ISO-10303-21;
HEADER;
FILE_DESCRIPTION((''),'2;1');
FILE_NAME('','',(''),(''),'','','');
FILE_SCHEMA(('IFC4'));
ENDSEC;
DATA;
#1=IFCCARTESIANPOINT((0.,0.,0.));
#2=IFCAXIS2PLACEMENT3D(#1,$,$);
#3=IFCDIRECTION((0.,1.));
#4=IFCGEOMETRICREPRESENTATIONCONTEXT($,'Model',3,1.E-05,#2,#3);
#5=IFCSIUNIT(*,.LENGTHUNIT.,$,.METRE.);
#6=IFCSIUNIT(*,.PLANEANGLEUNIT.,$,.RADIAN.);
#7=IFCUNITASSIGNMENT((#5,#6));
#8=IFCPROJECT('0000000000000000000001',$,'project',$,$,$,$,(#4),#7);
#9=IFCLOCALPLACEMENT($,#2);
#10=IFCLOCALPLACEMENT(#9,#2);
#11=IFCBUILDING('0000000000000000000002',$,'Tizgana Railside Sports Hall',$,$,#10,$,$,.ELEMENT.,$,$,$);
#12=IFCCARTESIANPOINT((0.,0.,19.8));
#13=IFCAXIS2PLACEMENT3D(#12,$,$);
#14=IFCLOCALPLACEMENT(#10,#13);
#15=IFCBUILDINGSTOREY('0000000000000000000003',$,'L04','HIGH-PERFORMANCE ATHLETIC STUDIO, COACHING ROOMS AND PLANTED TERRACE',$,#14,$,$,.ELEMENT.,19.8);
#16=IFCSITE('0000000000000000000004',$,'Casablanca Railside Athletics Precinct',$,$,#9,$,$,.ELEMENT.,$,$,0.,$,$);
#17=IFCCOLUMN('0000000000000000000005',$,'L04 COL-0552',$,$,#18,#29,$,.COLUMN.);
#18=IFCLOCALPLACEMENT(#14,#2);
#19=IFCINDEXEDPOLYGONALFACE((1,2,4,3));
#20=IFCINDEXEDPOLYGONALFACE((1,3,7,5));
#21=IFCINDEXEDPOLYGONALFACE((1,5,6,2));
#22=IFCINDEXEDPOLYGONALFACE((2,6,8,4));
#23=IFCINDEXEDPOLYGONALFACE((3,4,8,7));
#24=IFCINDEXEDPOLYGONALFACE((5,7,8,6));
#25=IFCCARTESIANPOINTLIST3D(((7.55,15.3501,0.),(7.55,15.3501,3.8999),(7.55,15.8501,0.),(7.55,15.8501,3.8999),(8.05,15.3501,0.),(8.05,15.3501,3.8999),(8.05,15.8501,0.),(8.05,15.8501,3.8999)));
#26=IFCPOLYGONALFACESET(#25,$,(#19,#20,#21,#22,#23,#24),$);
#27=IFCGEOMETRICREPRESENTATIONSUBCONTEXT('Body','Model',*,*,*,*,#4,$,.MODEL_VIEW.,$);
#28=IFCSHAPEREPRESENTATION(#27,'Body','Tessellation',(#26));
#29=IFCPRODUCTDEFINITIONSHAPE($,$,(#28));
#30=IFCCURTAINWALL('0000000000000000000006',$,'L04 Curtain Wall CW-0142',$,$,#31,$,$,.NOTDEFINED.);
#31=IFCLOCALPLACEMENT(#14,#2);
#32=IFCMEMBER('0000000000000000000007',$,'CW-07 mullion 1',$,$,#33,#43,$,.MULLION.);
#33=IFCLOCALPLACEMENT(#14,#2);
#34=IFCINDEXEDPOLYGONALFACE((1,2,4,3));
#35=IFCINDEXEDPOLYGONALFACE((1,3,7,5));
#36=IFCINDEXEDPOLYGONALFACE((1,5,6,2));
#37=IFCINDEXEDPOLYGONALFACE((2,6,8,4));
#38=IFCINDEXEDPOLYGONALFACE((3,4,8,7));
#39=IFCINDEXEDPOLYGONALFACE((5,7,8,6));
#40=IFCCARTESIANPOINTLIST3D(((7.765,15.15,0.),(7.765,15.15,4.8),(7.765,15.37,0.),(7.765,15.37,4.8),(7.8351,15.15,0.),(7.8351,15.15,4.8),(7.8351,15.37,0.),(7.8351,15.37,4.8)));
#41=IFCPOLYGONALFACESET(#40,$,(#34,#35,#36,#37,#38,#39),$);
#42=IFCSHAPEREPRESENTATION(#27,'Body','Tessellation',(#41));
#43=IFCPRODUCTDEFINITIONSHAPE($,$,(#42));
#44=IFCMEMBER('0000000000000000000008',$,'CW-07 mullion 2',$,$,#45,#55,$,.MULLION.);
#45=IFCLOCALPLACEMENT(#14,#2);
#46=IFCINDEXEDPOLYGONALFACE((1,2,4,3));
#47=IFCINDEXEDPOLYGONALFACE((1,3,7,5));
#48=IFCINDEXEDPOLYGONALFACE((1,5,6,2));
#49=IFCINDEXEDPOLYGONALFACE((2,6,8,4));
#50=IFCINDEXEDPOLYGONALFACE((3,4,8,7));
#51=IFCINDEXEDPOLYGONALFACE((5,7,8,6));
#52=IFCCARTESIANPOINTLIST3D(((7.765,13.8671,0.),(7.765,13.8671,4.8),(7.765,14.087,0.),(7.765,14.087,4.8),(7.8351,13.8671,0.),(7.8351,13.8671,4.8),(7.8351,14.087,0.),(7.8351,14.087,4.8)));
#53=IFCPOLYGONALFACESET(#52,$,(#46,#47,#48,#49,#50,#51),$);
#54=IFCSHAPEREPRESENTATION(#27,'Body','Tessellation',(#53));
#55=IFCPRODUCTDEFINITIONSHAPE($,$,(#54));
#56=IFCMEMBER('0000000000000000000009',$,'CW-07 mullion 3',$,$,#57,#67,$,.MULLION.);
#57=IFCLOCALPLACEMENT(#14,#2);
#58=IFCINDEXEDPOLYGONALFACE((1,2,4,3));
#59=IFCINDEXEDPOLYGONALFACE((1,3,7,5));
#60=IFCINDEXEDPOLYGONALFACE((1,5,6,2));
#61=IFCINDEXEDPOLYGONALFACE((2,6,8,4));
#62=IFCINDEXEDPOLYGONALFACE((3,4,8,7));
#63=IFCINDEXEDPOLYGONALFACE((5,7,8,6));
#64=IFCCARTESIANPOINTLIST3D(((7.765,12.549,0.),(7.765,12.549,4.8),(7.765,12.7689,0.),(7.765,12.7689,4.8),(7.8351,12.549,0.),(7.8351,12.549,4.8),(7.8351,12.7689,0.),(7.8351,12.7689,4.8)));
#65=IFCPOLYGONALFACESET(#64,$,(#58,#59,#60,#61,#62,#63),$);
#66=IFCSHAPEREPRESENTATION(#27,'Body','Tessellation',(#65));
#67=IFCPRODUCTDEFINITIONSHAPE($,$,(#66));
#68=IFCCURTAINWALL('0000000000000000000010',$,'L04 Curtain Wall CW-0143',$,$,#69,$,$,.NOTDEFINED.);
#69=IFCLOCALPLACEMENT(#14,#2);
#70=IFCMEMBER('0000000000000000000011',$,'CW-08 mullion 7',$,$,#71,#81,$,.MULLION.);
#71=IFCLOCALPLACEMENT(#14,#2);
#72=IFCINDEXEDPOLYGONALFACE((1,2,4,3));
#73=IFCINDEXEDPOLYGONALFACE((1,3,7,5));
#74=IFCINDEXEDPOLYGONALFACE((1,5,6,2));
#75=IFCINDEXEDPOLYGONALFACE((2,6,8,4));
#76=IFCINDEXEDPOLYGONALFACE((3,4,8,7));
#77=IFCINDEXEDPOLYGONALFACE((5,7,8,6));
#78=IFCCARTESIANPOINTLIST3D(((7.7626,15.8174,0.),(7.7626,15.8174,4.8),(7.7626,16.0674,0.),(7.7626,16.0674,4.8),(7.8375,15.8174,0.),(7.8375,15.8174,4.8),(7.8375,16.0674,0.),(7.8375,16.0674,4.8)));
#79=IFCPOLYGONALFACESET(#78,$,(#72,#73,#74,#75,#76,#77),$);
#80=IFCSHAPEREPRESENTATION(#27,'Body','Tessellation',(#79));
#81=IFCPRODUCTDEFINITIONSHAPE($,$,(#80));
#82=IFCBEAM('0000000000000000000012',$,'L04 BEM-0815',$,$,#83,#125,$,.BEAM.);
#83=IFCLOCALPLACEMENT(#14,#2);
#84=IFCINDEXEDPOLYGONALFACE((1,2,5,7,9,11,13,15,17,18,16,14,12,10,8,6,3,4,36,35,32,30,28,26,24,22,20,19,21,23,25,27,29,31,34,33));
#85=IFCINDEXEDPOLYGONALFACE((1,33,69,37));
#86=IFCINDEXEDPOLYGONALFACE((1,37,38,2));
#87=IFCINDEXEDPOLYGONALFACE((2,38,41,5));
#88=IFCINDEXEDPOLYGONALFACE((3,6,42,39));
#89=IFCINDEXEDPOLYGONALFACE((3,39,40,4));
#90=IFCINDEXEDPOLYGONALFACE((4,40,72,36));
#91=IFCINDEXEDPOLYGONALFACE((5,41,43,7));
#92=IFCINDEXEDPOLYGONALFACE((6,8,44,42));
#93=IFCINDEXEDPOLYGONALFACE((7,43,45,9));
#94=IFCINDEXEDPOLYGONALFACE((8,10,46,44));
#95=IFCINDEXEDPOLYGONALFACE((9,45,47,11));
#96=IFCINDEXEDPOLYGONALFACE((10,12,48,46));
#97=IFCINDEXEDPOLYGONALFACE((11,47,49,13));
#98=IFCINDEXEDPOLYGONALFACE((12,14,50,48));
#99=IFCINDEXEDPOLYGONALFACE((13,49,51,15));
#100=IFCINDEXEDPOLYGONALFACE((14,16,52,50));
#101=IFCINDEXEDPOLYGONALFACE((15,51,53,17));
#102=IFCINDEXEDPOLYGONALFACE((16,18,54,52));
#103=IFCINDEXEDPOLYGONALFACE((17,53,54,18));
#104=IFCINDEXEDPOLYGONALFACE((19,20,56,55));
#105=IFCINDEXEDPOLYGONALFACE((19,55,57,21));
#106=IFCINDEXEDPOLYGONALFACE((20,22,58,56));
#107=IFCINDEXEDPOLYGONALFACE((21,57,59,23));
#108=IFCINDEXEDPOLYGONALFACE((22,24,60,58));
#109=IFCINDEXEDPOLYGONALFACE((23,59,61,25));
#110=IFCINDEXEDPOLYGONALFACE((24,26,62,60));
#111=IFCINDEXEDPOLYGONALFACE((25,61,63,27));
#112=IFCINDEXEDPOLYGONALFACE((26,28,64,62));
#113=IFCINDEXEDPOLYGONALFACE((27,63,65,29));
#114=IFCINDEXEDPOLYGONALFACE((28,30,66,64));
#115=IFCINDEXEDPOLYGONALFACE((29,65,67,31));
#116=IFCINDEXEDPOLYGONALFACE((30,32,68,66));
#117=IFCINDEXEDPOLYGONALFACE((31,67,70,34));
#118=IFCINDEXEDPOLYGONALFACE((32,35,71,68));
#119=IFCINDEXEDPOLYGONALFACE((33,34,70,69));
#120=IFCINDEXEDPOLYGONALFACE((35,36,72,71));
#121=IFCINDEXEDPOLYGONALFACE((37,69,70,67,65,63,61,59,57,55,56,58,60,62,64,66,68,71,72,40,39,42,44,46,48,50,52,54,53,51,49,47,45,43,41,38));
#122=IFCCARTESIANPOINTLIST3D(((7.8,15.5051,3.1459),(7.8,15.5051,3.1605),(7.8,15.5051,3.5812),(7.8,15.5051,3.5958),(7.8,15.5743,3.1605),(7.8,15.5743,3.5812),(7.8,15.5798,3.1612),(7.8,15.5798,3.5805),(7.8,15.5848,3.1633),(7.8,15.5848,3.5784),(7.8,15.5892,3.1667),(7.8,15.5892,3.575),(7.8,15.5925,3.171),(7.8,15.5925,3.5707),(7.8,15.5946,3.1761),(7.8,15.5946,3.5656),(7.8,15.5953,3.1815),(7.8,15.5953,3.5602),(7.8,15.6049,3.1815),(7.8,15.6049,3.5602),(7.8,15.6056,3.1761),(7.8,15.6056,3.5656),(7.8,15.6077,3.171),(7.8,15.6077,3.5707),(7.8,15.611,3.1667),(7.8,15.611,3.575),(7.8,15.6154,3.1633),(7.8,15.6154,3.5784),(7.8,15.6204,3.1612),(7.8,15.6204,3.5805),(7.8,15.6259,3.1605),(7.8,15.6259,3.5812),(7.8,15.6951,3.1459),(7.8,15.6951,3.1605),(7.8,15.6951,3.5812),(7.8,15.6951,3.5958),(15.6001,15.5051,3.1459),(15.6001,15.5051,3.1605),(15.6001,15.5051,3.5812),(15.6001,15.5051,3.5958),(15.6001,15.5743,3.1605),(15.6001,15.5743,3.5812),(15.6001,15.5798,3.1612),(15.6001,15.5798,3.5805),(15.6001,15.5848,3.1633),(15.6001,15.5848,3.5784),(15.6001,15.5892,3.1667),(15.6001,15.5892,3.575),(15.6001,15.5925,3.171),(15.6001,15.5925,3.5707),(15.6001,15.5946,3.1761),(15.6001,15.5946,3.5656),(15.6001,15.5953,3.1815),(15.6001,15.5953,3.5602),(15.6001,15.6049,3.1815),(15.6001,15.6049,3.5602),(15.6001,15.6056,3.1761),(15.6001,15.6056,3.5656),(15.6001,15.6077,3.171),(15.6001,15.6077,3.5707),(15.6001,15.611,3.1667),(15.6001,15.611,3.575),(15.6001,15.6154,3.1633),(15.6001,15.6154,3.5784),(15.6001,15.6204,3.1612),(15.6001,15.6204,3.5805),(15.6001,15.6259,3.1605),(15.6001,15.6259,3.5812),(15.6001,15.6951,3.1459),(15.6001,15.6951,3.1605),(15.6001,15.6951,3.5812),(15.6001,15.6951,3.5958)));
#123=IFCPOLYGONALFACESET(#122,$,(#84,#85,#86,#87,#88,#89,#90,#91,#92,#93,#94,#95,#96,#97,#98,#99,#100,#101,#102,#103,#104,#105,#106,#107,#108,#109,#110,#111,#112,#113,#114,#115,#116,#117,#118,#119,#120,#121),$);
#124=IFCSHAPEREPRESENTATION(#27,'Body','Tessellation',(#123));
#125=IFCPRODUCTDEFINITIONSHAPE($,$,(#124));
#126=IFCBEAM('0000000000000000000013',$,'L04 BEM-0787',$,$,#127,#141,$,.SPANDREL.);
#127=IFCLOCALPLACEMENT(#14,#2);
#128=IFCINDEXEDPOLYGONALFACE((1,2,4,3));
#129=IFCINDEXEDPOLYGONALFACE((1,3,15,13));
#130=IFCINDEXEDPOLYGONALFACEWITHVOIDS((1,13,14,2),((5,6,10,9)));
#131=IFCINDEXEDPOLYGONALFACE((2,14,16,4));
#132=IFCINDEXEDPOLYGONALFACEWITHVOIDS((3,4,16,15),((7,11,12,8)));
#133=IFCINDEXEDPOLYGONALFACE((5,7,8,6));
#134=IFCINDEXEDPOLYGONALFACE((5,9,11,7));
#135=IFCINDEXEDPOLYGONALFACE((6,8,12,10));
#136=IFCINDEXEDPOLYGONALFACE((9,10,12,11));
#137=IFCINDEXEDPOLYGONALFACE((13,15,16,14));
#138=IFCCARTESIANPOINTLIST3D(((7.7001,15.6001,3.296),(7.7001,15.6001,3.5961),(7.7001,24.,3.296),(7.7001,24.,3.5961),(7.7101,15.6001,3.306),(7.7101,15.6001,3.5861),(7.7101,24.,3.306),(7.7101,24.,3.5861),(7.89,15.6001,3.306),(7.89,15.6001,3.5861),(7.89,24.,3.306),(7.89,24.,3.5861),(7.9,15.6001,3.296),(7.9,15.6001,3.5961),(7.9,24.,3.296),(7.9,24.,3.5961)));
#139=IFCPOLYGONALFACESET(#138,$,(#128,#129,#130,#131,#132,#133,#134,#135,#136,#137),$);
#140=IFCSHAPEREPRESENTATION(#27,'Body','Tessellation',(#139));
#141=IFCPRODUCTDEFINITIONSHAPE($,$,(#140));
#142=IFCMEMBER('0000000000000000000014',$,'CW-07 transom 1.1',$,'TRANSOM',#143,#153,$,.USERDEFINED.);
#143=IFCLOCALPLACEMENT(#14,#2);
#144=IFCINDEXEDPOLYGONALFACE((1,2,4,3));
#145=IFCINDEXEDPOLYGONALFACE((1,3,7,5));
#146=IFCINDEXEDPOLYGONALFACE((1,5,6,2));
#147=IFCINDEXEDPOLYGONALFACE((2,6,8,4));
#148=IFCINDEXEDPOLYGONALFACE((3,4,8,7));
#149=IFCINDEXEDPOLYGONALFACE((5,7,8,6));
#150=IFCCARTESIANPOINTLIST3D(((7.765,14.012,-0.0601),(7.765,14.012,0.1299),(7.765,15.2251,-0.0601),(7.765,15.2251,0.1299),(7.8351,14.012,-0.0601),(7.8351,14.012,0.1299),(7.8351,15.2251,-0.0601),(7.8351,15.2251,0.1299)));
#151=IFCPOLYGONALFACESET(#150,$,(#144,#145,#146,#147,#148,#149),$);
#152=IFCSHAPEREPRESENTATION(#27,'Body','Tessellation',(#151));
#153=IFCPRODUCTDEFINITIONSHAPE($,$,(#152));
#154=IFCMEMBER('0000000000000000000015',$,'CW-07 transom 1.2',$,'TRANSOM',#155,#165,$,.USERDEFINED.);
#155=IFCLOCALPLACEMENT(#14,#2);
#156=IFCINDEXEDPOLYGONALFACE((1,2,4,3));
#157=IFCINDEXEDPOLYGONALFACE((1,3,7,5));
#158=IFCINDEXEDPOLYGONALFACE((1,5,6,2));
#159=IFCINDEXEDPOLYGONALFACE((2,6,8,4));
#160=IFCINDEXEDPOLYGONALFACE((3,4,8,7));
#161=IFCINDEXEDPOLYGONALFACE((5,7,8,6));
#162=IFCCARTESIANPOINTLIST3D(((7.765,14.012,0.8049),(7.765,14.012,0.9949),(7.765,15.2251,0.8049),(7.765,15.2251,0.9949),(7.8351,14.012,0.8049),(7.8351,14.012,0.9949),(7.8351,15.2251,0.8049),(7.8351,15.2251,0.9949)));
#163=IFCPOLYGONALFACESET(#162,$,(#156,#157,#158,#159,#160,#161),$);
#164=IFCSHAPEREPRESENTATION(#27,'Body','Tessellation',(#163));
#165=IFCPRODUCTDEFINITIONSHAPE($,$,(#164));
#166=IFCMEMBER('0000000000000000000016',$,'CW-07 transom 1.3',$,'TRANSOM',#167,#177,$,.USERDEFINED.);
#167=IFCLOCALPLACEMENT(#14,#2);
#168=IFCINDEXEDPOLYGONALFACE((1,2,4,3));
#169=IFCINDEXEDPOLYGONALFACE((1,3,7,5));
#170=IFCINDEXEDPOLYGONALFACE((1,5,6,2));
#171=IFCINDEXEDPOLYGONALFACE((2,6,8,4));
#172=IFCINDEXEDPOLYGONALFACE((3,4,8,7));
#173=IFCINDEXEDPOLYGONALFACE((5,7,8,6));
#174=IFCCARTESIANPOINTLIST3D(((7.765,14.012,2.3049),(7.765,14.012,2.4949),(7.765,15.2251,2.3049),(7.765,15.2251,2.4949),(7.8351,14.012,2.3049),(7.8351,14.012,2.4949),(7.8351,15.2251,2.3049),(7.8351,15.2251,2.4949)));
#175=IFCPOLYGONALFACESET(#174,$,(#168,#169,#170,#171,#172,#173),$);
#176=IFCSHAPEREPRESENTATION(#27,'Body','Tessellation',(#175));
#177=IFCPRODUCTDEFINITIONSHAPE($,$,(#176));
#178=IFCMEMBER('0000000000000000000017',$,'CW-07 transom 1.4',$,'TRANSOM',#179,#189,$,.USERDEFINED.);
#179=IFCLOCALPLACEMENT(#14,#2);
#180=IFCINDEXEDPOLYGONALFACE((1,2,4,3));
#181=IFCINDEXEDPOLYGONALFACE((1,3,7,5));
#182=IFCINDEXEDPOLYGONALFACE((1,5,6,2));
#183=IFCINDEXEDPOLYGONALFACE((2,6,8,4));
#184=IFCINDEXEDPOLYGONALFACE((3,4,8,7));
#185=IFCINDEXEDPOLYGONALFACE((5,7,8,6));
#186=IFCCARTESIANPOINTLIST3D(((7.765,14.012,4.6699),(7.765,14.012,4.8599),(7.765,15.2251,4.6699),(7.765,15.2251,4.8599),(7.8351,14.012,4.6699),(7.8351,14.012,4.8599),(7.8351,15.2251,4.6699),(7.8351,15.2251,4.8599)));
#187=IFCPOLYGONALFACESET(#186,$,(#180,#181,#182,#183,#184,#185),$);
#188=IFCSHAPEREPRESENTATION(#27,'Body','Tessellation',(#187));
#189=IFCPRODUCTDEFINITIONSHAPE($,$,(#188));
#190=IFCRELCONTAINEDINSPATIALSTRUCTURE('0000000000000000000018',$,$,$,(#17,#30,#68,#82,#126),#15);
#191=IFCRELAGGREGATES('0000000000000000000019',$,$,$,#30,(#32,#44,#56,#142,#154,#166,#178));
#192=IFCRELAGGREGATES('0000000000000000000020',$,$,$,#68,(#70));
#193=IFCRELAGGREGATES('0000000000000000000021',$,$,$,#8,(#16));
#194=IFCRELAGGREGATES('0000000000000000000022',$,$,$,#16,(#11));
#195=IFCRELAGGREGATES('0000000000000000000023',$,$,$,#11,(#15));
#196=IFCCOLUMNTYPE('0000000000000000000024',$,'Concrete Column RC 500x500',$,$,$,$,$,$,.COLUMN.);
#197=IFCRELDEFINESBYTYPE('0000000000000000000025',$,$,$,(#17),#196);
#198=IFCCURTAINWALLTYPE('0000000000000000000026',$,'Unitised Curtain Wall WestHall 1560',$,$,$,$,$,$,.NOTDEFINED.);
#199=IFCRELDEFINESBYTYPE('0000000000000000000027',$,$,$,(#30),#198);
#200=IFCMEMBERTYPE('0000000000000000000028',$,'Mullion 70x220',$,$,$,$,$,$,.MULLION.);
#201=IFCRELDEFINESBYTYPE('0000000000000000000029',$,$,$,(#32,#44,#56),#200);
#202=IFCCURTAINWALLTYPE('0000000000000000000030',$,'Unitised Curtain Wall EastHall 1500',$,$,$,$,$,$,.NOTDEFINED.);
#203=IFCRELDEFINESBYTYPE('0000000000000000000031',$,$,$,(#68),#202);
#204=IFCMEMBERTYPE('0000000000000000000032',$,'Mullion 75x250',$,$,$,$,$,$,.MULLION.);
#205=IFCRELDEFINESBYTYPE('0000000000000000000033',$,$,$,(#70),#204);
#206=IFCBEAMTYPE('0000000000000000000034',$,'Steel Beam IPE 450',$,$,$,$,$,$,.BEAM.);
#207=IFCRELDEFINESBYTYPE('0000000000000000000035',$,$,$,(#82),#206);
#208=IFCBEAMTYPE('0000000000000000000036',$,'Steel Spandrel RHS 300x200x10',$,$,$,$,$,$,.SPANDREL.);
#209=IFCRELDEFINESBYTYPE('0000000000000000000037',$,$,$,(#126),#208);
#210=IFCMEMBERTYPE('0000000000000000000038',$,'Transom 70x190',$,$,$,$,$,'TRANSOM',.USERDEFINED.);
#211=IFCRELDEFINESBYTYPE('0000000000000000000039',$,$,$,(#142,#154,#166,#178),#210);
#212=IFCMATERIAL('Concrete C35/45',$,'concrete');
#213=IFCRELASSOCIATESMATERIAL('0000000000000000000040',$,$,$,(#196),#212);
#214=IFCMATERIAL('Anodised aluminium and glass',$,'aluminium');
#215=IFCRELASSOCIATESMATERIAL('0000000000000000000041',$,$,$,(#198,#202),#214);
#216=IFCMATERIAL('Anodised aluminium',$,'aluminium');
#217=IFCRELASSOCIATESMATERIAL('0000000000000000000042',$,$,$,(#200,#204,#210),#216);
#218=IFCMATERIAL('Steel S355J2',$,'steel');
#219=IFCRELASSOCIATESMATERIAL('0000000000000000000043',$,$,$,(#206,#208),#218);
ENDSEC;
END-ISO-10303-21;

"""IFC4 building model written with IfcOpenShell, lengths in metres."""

from ifc_helpers import new_model, si_unit, direction, frame, origin, origin_2d, place, context, subcontext, project, spatial, rectangle, hollow_rectangle, i_section, extrude, material, material_profile, profile_set, type_object, element, aggregate, save


model = new_model("IFC4")

# Units and contexts
model_context = context("Model", 3, precision=1e-05, world=origin(), true_north=direction((0.0, 1.0)))
body_context = subcontext(model_context, "Body", "Model", "MODEL_VIEW")
ifc_project = project(units=[si_unit("LENGTHUNIT", "METRE"), si_unit("PLANEANGLEUNIT", "RADIAN")], contexts=[model_context])

# Site, building, storey
site_placement = place(None, origin())
site = spatial("IfcSite", under=ifc_project, at=site_placement, Name="Casablanca Railside Athletics Precinct", CompositionType="ELEMENT", RefElevation=0.0)
building_placement = place(site_placement, origin())
building = spatial("IfcBuilding", under=site, at=building_placement, Name="Tizgana Railside Sports Hall", CompositionType="ELEMENT")
storey_placement = place(building_placement, frame((0.0, 0.0, 19.8)))
storey = spatial("IfcBuildingStorey", under=building, at=storey_placement, Name="L04", Description="HIGH-PERFORMANCE ATHLETIC STUDIO, COACHING ROOMS AND PLANTED TERRACE", CompositionType="ELEMENT", Elevation=19.8)

# Column
ifc_material_1 = material(Name="Concrete C35/45", Category="concrete")
ifc_material_profile_1 = material_profile(ifc_material_1, rectangle(XDim=0.5, YDim=0.5, at=origin_2d()), Name="RC 500x500")
ifc_profile_set_1 = profile_set([ifc_material_profile_1], Name="Concrete C35/45")
column_type = type_object("IfcColumnType", Name="Concrete Column RC 500x500", PredefinedType="COLUMN", material=ifc_profile_set_1)
column_placement = place(storey_placement, frame((7.8, 15.6001, 0.0), z_axis=(0.0, 0.0, 1.0), x_axis=(1.0, 0.0, 0.0)))
element("IfcColumn", 1, at=column_placement, inside=storey, type_object=column_type, Name="L04 COL-0552", PredefinedType="COLUMN", context=body_context, shape_type="SweptSolid", body=[
    extrude(rectangle(XDim=0.5, YDim=0.5, at=origin_2d()), origin(), (0.0, 0.0, 1.0), 3.8999),
])

# Curtain wall, members
ifc_material_2 = material(Name="Anodised aluminium and glass", Category="aluminium")
curtain_wall_type_1 = type_object("IfcCurtainWallType", Name="Unitised Curtain Wall WestHall 1560", PredefinedType="NOTDEFINED", material=ifc_material_2)
curtain_wall_1_placement = place(storey_placement, origin())
curtain_wall_1 = element("IfcCurtainWall", 2, at=curtain_wall_1_placement, inside=storey, type_object=curtain_wall_type_1, Name="L04 Curtain Wall CW-0142", PredefinedType="NOTDEFINED")
ifc_material_3 = material(Name="Anodised aluminium", Category="aluminium")
ifc_material_profile_2 = material_profile(ifc_material_3, rectangle(XDim=0.0701, YDim=0.22, at=origin_2d()), Name="Mullion 70x220")
ifc_profile_set_2 = profile_set([ifc_material_profile_2], Name="Anodised aluminium")
member_type_1 = type_object("IfcMemberType", Name="Mullion 70x220", PredefinedType="MULLION", material=ifc_profile_set_2)
member_1_placement = place(storey_placement, frame((7.8, 15.26, 0.0), z_axis=(0.0, 0.0, 1.0), x_axis=(1.0, 0.0, 0.0)))
member_1 = element("IfcMember", 3, at=member_1_placement, type_object=member_type_1, Name="CW-07 mullion 1", PredefinedType="MULLION", context=body_context, shape_type="SweptSolid", body=[
    extrude(rectangle(XDim=0.0701, YDim=0.22, at=origin_2d()), origin(), (0.0, 0.0, 1.0), 4.8),
])
member_2_placement = place(storey_placement, frame((7.8, 13.9771, 0.0), z_axis=(0.0, 0.0, 1.0), x_axis=(1.0, 0.0, 0.0)))
member_2 = element("IfcMember", 4, at=member_2_placement, type_object=member_type_1, Name="CW-07 mullion 2", PredefinedType="MULLION", context=body_context, shape_type="SweptSolid", body=[
    extrude(rectangle(XDim=0.0701, YDim=0.22, at=origin_2d()), origin(), (0.0, 0.0, 1.0), 4.8),
])
member_3_placement = place(storey_placement, frame((7.8, 12.6589, 0.0), z_axis=(0.0, 0.0, 1.0), x_axis=(1.0, 0.0, 0.0)))
member_3 = element("IfcMember", 5, at=member_3_placement, type_object=member_type_1, Name="CW-07 mullion 3", PredefinedType="MULLION", context=body_context, shape_type="SweptSolid", body=[
    extrude(rectangle(XDim=0.0701, YDim=0.22, at=origin_2d()), origin(), (0.0, 0.0, 1.0), 4.8),
])

# Curtain wall, member
curtain_wall_type_2 = type_object("IfcCurtainWallType", Name="Unitised Curtain Wall EastHall 1500", PredefinedType="NOTDEFINED", material=ifc_material_2)
curtain_wall_2_placement = place(storey_placement, origin())
curtain_wall_2 = element("IfcCurtainWall", 6, at=curtain_wall_2_placement, inside=storey, type_object=curtain_wall_type_2, Name="L04 Curtain Wall CW-0143", PredefinedType="NOTDEFINED")
ifc_material_profile_3 = material_profile(ifc_material_3, rectangle(XDim=0.075, YDim=0.25, at=origin_2d()), Name="Mullion 75x250")
ifc_profile_set_3 = profile_set([ifc_material_profile_3], Name="Anodised aluminium")
member_type_2 = type_object("IfcMemberType", Name="Mullion 75x250", PredefinedType="MULLION", material=ifc_profile_set_3)
member_4_placement = place(storey_placement, frame((7.8, 15.9424, 0.0), z_axis=(0.0, 0.0, 1.0), x_axis=(1.0, 0.0, 0.0)))
member_4 = element("IfcMember", 7, at=member_4_placement, type_object=member_type_2, Name="CW-08 mullion 7", PredefinedType="MULLION", context=body_context, shape_type="SweptSolid", body=[
    extrude(rectangle(XDim=0.075, YDim=0.25, at=origin_2d()), origin(), (0.0, 0.0, 1.0), 4.8),
])

# Beams
ifc_material_4 = material(Name="Steel S355J2", Category="steel")
ifc_material_profile_4 = material_profile(ifc_material_4, i_section(OverallWidth=0.1899, OverallDepth=0.45, WebThickness=0.0095, FlangeThickness=0.0146, FilletRadius=0.021, at=origin_2d()), Name="IPE 450")
ifc_profile_set_4 = profile_set([ifc_material_profile_4], Name="Steel S355J2")
beam_type_1 = type_object("IfcBeamType", Name="Steel Beam IPE 450", PredefinedType="BEAM", material=ifc_profile_set_4)
beam_1_placement = place(storey_placement, frame((7.8, 15.6001, 3.3708), z_axis=(1.0, 0.0, 0.0), x_axis=(0.0, 1.0, 0.0)))
element("IfcBeam", 8, at=beam_1_placement, inside=storey, type_object=beam_type_1, Name="L04 BEM-0815", PredefinedType="BEAM", context=body_context, shape_type="SweptSolid", body=[
    extrude(i_section(OverallWidth=0.1899, OverallDepth=0.45, WebThickness=0.0095, FlangeThickness=0.0146, FilletRadius=0.021, at=origin_2d()), origin(), (0.0, 0.0, 1.0), 7.8),
])
ifc_material_profile_5 = material_profile(ifc_material_4, hollow_rectangle(XDim=0.2, YDim=0.3, WallThickness=0.01, at=origin_2d()), Name="RHS 300x200x10")
ifc_profile_set_5 = profile_set([ifc_material_profile_5], Name="Steel S355J2")
beam_type_2 = type_object("IfcBeamType", Name="Steel Spandrel RHS 300x200x10", PredefinedType="SPANDREL", material=ifc_profile_set_5)
beam_2_placement = place(storey_placement, frame((7.8, 15.6001, 3.446), z_axis=(0.0, 1.0, 0.0), x_axis=(-1.0, 0.0, 0.0)))
element("IfcBeam", 9, at=beam_2_placement, inside=storey, type_object=beam_type_2, Name="L04 BEM-0787", PredefinedType="SPANDREL", context=body_context, shape_type="SweptSolid", body=[
    extrude(hollow_rectangle(XDim=0.2, YDim=0.3, WallThickness=0.01, at=origin_2d()), origin(), (0.0, 0.0, 1.0), 8.3999),
])

# Members
ifc_material_profile_6 = material_profile(ifc_material_3, rectangle(XDim=0.0701, YDim=0.1899, at=origin_2d()), Name="Transom 70x190")
ifc_profile_set_6 = profile_set([ifc_material_profile_6], Name="Anodised aluminium")
member_type_3 = type_object("IfcMemberType", Name="Transom 70x190", ElementType="TRANSOM", PredefinedType="USERDEFINED", material=ifc_profile_set_6)
member_5_placement = place(storey_placement, frame((7.8, 15.2251, 0.0349), z_axis=(0.0, -1.0, 0.0), x_axis=(1.0, 0.0, 0.0)))
member_5 = element("IfcMember", 10, at=member_5_placement, type_object=member_type_3, Name="CW-07 transom 1.1", ObjectType="TRANSOM", PredefinedType="USERDEFINED", context=body_context, shape_type="SweptSolid", body=[
    extrude(rectangle(XDim=0.0701, YDim=0.1899, at=origin_2d()), origin(), (0.0, 0.0, 1.0), 1.2131),
])
member_6_placement = place(storey_placement, frame((7.8, 15.2251, 0.8999), z_axis=(0.0, -1.0, 0.0), x_axis=(1.0, 0.0, 0.0)))
member_6 = element("IfcMember", 11, at=member_6_placement, type_object=member_type_3, Name="CW-07 transom 1.2", ObjectType="TRANSOM", PredefinedType="USERDEFINED", context=body_context, shape_type="SweptSolid", body=[
    extrude(rectangle(XDim=0.0701, YDim=0.1899, at=origin_2d()), origin(), (0.0, 0.0, 1.0), 1.2131),
])
member_7_placement = place(storey_placement, frame((7.8, 15.2251, 2.3999), z_axis=(0.0, -1.0, 0.0), x_axis=(1.0, 0.0, 0.0)))
member_7 = element("IfcMember", 12, at=member_7_placement, type_object=member_type_3, Name="CW-07 transom 1.3", ObjectType="TRANSOM", PredefinedType="USERDEFINED", context=body_context, shape_type="SweptSolid", body=[
    extrude(rectangle(XDim=0.0701, YDim=0.1899, at=origin_2d()), origin(), (0.0, 0.0, 1.0), 1.2131),
])
member_8_placement = place(storey_placement, frame((7.8, 15.2251, 4.7649), z_axis=(0.0, -1.0, 0.0), x_axis=(1.0, 0.0, 0.0)))
member_8 = element("IfcMember", 13, at=member_8_placement, type_object=member_type_3, Name="CW-07 transom 1.4", ObjectType="TRANSOM", PredefinedType="USERDEFINED", context=body_context, shape_type="SweptSolid", body=[
    extrude(rectangle(XDim=0.0701, YDim=0.1899, at=origin_2d()), origin(), (0.0, 0.0, 1.0), 1.2131),
])

aggregate(curtain_wall_1, [member_1, member_2, member_3, member_5, member_6, member_7, member_8])
aggregate(curtain_wall_2, [member_4])

save(model, "model.ifc")
